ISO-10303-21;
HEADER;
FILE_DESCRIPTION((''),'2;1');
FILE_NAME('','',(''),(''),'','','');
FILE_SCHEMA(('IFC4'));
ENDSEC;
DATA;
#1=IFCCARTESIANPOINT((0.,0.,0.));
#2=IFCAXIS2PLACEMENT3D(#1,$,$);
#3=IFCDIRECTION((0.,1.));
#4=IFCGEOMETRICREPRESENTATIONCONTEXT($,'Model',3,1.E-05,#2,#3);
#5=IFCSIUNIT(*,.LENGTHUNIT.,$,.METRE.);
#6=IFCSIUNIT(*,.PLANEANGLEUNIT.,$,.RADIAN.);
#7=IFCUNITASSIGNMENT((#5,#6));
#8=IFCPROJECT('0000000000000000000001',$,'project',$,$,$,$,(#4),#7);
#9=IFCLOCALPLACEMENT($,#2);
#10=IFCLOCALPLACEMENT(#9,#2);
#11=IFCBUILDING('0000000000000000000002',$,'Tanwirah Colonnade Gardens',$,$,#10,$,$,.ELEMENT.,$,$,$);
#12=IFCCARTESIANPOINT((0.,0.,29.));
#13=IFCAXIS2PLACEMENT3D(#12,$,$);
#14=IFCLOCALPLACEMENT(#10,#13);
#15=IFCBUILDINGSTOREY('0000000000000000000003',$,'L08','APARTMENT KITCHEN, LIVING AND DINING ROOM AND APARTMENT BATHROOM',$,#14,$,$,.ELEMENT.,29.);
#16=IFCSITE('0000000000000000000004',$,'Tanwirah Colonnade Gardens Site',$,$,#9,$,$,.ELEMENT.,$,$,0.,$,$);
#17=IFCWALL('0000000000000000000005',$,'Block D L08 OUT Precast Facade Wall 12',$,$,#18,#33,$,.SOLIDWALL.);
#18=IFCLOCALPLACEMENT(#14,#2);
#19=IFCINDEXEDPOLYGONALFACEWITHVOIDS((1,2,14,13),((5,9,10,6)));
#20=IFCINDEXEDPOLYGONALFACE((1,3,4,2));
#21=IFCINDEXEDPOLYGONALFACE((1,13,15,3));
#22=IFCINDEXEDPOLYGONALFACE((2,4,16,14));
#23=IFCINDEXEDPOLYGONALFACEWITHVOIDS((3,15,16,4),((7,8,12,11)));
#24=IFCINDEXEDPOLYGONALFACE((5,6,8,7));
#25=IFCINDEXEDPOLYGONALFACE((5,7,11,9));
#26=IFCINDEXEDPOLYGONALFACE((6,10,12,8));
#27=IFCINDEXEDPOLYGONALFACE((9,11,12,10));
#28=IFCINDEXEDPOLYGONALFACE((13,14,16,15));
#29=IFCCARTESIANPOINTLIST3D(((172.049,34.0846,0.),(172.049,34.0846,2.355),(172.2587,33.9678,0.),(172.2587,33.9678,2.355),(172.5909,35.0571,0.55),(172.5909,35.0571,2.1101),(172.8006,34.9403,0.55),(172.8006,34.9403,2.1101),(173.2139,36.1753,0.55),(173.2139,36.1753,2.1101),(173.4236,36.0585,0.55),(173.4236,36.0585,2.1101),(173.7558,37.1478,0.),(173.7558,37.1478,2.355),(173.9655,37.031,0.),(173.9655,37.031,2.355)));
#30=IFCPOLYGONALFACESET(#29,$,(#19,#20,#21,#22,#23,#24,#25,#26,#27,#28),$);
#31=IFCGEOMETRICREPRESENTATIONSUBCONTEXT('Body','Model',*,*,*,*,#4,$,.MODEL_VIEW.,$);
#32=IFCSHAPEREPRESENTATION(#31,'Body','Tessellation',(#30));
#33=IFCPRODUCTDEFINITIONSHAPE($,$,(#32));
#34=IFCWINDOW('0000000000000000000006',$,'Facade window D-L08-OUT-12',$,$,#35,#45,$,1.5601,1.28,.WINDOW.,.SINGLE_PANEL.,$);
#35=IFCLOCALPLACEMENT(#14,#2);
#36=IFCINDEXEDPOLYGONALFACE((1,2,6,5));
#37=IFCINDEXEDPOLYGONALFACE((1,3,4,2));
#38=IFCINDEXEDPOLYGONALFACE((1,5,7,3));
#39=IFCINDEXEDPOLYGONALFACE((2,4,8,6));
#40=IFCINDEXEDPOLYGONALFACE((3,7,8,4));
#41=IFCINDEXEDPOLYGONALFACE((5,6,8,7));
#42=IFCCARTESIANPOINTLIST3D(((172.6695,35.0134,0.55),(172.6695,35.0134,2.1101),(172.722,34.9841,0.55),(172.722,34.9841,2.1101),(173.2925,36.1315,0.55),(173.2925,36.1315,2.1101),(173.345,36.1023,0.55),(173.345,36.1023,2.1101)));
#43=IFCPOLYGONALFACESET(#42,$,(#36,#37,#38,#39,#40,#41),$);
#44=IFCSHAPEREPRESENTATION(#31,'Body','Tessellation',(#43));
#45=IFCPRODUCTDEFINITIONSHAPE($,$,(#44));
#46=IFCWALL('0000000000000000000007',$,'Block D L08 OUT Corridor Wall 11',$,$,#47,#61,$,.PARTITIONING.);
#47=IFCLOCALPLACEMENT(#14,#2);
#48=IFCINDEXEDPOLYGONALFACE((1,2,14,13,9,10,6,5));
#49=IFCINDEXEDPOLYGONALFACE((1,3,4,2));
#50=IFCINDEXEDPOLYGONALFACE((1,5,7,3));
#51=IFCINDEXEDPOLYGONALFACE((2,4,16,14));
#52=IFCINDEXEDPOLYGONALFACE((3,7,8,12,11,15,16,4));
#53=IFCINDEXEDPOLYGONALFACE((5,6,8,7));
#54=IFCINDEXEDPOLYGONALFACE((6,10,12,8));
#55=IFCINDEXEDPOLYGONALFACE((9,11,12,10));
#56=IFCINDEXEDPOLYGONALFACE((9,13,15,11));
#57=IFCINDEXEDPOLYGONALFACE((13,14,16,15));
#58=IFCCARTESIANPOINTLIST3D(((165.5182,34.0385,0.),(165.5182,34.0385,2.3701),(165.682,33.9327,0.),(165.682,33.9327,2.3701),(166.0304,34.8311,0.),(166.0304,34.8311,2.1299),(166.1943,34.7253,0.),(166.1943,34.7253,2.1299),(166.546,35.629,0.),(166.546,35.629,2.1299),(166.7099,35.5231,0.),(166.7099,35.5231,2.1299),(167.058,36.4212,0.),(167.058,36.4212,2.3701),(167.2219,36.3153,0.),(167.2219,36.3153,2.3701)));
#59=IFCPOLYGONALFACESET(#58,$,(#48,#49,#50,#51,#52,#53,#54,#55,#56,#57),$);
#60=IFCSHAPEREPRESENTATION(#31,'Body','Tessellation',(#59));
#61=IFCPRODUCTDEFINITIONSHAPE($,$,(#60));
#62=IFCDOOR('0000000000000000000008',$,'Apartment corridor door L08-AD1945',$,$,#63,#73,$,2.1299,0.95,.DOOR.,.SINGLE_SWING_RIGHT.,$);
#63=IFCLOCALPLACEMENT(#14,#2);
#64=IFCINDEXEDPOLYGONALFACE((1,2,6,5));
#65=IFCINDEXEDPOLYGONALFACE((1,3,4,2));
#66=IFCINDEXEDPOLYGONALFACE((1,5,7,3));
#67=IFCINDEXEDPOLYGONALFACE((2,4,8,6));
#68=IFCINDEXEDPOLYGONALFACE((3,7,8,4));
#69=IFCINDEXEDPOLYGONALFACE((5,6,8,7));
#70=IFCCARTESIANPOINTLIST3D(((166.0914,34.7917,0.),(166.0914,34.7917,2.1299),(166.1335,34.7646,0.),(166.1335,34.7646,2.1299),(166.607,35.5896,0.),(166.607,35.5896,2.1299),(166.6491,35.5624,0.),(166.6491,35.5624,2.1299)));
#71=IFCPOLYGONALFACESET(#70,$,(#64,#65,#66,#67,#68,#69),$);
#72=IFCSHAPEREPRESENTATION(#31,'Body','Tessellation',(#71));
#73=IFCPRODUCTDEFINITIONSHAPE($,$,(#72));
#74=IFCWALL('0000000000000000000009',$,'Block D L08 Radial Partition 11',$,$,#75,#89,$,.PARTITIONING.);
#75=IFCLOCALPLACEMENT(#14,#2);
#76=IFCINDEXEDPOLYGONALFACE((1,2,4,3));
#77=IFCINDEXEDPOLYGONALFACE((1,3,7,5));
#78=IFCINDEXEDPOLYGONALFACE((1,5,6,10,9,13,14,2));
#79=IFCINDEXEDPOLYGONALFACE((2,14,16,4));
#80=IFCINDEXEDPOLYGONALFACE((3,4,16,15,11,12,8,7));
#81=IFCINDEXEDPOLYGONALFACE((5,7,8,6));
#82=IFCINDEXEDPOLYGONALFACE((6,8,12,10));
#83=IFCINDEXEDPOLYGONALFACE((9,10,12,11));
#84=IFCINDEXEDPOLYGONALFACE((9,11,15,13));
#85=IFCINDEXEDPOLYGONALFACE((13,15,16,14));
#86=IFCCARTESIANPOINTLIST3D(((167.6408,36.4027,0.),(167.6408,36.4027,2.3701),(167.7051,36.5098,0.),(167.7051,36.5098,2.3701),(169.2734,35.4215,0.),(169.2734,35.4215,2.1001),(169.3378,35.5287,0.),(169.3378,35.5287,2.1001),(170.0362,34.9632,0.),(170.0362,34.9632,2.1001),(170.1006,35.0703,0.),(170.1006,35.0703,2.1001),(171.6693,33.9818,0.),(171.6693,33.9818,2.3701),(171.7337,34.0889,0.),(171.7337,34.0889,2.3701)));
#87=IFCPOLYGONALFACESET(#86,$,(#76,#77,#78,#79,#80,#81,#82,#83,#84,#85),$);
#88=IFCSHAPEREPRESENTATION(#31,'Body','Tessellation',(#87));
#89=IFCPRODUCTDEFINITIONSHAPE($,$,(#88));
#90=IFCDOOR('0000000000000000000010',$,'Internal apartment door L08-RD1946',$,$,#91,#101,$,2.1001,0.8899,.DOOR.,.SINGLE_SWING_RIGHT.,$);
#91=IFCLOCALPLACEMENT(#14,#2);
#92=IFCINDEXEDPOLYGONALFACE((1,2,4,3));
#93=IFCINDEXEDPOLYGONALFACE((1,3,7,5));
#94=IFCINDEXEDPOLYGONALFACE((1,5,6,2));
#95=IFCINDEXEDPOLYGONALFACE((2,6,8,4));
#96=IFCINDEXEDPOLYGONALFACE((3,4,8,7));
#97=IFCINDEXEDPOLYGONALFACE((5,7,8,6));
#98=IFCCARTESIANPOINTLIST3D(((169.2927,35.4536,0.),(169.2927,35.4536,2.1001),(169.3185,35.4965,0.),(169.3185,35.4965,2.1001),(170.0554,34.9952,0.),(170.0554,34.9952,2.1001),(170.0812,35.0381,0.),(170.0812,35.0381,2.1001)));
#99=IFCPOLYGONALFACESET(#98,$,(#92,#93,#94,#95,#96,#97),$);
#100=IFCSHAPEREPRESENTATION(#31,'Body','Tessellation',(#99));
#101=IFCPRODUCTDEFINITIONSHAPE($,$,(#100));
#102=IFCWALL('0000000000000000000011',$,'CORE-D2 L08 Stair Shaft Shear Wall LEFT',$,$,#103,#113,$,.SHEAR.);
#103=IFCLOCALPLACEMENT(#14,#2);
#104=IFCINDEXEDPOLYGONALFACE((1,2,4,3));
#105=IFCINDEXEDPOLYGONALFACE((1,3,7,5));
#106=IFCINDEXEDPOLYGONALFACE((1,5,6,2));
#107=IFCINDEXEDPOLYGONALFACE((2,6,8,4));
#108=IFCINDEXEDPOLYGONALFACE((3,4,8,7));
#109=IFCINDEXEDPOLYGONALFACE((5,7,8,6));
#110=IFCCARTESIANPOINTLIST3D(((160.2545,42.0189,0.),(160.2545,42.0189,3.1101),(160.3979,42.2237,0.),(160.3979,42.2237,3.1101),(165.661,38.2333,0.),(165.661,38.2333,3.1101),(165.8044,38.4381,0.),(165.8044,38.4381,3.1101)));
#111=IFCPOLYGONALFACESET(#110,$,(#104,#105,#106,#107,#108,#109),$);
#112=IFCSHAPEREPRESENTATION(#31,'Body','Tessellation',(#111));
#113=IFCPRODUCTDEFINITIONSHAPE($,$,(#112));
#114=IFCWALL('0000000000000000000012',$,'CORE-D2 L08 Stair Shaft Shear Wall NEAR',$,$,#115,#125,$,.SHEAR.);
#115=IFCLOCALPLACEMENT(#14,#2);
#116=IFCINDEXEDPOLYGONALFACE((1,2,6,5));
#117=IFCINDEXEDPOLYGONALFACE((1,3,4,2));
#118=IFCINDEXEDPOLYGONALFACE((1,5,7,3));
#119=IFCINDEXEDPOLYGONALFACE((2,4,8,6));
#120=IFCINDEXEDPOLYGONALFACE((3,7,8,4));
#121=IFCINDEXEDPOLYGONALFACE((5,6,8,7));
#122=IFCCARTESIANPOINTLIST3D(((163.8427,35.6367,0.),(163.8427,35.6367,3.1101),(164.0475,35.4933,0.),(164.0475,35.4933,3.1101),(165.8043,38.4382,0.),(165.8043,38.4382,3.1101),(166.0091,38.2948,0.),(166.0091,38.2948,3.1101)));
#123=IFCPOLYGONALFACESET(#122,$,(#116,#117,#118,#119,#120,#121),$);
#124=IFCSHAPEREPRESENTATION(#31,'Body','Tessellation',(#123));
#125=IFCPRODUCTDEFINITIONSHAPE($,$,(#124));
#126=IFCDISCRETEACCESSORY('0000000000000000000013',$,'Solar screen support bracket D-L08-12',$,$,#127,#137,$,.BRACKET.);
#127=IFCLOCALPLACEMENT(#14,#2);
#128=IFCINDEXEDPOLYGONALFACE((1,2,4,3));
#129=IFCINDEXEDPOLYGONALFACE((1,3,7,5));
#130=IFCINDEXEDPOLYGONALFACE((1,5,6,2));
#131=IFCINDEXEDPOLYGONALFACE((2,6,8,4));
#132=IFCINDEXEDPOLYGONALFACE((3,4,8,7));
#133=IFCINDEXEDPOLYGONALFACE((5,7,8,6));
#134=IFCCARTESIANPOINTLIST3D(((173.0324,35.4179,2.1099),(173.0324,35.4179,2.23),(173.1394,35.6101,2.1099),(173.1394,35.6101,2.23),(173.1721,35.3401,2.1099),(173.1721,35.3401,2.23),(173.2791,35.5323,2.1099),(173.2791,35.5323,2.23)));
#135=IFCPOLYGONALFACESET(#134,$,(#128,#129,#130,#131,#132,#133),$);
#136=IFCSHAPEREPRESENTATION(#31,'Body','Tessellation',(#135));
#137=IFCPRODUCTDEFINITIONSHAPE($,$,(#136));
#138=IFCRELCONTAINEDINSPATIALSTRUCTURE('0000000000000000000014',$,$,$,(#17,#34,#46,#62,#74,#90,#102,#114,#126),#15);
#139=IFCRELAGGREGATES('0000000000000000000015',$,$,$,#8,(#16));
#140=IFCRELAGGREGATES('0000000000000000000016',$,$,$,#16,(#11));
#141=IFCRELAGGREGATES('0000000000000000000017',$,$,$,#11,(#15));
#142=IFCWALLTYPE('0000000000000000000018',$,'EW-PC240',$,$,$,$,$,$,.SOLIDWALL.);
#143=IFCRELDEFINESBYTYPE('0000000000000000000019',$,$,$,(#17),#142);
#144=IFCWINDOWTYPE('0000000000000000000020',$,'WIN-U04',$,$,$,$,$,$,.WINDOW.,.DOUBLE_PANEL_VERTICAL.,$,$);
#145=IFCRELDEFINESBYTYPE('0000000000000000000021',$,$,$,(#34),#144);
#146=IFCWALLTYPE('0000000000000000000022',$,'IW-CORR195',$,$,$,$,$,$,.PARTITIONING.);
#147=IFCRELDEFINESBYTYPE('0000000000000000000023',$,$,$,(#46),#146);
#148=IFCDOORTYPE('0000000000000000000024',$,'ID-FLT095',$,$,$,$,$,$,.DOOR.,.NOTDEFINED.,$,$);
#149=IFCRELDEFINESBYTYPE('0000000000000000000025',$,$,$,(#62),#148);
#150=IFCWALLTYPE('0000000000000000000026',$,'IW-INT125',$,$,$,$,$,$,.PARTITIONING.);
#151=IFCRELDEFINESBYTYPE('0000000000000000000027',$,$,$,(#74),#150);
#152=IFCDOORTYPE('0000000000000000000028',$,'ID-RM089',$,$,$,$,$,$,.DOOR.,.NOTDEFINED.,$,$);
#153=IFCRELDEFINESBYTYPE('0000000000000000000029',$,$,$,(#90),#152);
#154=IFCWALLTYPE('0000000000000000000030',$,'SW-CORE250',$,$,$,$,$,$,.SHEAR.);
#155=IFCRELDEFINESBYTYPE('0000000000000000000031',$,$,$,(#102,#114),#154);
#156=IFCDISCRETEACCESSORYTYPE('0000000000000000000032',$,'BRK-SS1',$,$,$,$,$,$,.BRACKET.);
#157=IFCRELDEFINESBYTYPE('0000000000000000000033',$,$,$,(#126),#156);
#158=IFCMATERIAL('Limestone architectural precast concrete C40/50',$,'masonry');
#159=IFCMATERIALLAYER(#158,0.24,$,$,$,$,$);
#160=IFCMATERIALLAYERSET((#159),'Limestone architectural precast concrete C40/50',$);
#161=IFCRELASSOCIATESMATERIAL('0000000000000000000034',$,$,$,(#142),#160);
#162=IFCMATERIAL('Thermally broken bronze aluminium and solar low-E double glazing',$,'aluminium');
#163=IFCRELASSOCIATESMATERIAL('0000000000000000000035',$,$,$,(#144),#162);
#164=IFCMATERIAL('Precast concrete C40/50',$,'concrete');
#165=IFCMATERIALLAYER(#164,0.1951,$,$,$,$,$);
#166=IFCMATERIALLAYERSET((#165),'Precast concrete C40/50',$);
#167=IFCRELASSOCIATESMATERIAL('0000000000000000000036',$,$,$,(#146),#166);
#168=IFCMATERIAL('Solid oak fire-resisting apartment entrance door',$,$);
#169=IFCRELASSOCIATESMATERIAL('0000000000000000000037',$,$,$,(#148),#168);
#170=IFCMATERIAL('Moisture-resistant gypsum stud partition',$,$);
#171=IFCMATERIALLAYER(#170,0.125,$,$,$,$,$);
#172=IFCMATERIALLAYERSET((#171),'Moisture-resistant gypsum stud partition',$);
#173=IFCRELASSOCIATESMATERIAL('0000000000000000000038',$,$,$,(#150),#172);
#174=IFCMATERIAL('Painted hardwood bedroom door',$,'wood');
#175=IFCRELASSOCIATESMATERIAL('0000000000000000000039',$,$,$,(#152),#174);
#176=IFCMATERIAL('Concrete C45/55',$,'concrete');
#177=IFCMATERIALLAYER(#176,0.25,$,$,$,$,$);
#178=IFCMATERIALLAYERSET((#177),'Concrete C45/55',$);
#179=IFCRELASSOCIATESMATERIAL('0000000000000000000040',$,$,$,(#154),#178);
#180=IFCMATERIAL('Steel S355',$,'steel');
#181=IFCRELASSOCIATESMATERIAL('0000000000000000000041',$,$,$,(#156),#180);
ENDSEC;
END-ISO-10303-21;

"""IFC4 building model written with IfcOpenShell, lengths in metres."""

from ifc_helpers import new_model, si_unit, direction, frame, frame_2d, origin, origin_2d, place, context, subcontext, project, spatial, rectangle, extrude, material, layer, layer_set, type_object, element, fill, save


model = new_model("IFC4")

# Units and contexts
model_context = context("Model", 3, precision=1e-05, world=origin(), true_north=direction((0.0, 1.0)))
body_context = subcontext(model_context, "Body", "Model", "MODEL_VIEW")
ifc_project = project(units=[si_unit("LENGTHUNIT", "METRE"), si_unit("PLANEANGLEUNIT", "RADIAN")], contexts=[model_context])

# Site, building, storey
site_placement = place(None, origin())
site = spatial("IfcSite", under=ifc_project, at=site_placement, Name="Tanwirah Colonnade Gardens Site", CompositionType="ELEMENT", RefElevation=0.0)
building_placement = place(site_placement, origin())
building = spatial("IfcBuilding", under=site, at=building_placement, Name="Tanwirah Colonnade Gardens", CompositionType="ELEMENT")
storey_placement = place(building_placement, frame((0.0, 0.0, 29.0)))
storey = spatial("IfcBuildingStorey", under=building, at=storey_placement, Name="L08", Description="APARTMENT KITCHEN, LIVING AND DINING ROOM AND APARTMENT BATHROOM", CompositionType="ELEMENT", Elevation=29.0)

# Shared definitions
ifc_material_1 = material(Name="Precast concrete C40/50", Category="concrete")

# Wall, opening, window
ifc_material_2 = material(Name="Limestone architectural precast concrete C40/50", Category="masonry")
ifc_layer_1 = layer(ifc_material_2, 0.24)
ifc_layer_set_1 = layer_set([ifc_layer_1], Name="Limestone architectural precast concrete C40/50")
wall_type_1 = type_object("IfcWallType", Name="EW-PC240", PredefinedType="SOLIDWALL", material=ifc_layer_set_1)
wall_1_placement = place(storey_placement, frame((172.1538, 34.0261, 0.0), z_axis=(0.0, 0.0, 1.0), x_axis=(0.48673, 0.873552, 0.0)))
wall_1 = element("IfcWall", 1, at=wall_1_placement, inside=storey, type_object=wall_type_1, Name="Block D L08 OUT Precast Facade Wall 12", PredefinedType="SOLIDWALL", context=body_context, shape_type="SweptSolid", body=[
    extrude(rectangle(XDim=3.5066, YDim=0.24, at=frame_2d((1.7534, 0.0))), origin(), (0.0, 0.0, 1.0), 2.355),
])
opening_1_placement = place(wall_1_placement, frame((1.1133, 0.0, 0.55)))
opening_1 = element("IfcOpeningElement", 2, at=opening_1_placement, cuts=wall_1, PredefinedType="OPENING", context=body_context, shape_type="SweptSolid", body=[
    extrude(rectangle(XDim=1.28, YDim=1.5601, at=frame_2d((0.6401, 0.78))), frame((0.0, 0.1299, 0.0), z_axis=(0.0, -1.0, 0.0), x_axis=(1.0, 0.0, 0.0)), (0.0, 0.0, 1.0), 0.26),
])
ifc_material_3 = material(Name="Thermally broken bronze aluminium and solar low-E double glazing", Category="aluminium")
window_type = type_object("IfcWindowType", Name="WIN-U04", PartitioningType="DOUBLE_PANEL_VERTICAL", PredefinedType="WINDOW", material=ifc_material_3)
window_placement = place(opening_1_placement, origin())
window = element("IfcWindow", 3, at=window_placement, inside=storey, type_object=window_type, Name="Facade window D-L08-OUT-12", OverallHeight=1.5601, OverallWidth=1.28, PartitioningType="SINGLE_PANEL", PredefinedType="WINDOW", context=body_context, shape_type="SweptSolid", body=[
    extrude(rectangle(XDim=1.28, YDim=1.5601, at=frame_2d((0.6401, 0.78))), frame((0.0, 0.03, 0.0), z_axis=(0.0, -1.0, 0.0), x_axis=(1.0, 0.0, 0.0)), (0.0, 0.0, 1.0), 0.0601),
])
fill(opening_1, window)

# Walls, openings, doors
ifc_layer_2 = layer(ifc_material_1, 0.1951)
ifc_layer_set_2 = layer_set([ifc_layer_2], Name="Precast concrete C40/50")
wall_type_2 = type_object("IfcWallType", Name="IW-CORR195", PredefinedType="PARTITIONING", material=ifc_layer_set_2)
wall_2_placement = place(storey_placement, frame((165.6001, 33.9856, 0.0), z_axis=(0.0, 0.0, 1.0), x_axis=(0.542787, 0.83987, 0.0)))
wall_2 = element("IfcWall", 4, at=wall_2_placement, inside=storey, type_object=wall_type_2, Name="Block D L08 OUT Corridor Wall 11", PredefinedType="PARTITIONING", context=body_context, shape_type="SweptSolid", body=[
    extrude(rectangle(XDim=2.8369, YDim=0.1951, at=frame_2d((1.4185, 0.0))), origin(), (0.0, 0.0, 1.0), 2.3701),
])
opening_2_placement = place(wall_2_placement, frame((0.9436, 0.0, 0.0)))
opening_2 = element("IfcOpeningElement", 5, at=opening_2_placement, cuts=wall_2, PredefinedType="OPENING", context=body_context, shape_type="SweptSolid", body=[
    extrude(rectangle(XDim=0.95, YDim=2.1299, at=frame_2d((0.4751, 1.0649))), frame((0.0, 0.1074, 0.0), z_axis=(0.0, -1.0, 0.0), x_axis=(1.0, 0.0, 0.0)), (0.0, 0.0, 1.0), 0.2151),
])
ifc_material_4 = material(Name="Solid oak fire-resisting apartment entrance door")
door_type_1 = type_object("IfcDoorType", Name="ID-FLT095", OperationType="NOTDEFINED", PredefinedType="DOOR", material=ifc_material_4)
door_1_placement = place(opening_2_placement, origin())
door_1 = element("IfcDoor", 6, at=door_1_placement, inside=storey, type_object=door_type_1, Name="Apartment corridor door L08-AD1945", OperationType="SINGLE_SWING_RIGHT", OverallHeight=2.1299, OverallWidth=0.95, PredefinedType="DOOR", context=body_context, shape_type="SweptSolid", body=[
    extrude(rectangle(XDim=0.95, YDim=2.1299, at=frame_2d((0.4751, 1.0649))), frame((0.0, 0.0249, 0.0), z_axis=(0.0, -1.0, 0.0), x_axis=(1.0, 0.0, 0.0)), (0.0, 0.0, 1.0), 0.05),
])
fill(opening_2, door_1)
ifc_material_5 = material(Name="Moisture-resistant gypsum stud partition")
ifc_layer_3 = layer(ifc_material_5, 0.125)
ifc_layer_set_3 = layer_set([ifc_layer_3], Name="Moisture-resistant gypsum stud partition")
wall_type_3 = type_object("IfcWallType", Name="IW-INT125", PredefinedType="PARTITIONING", material=ifc_layer_set_3)
wall_3_placement = place(storey_placement, frame((167.6729, 36.4563, 0.0), z_axis=(0.0, 0.0, 1.0), x_axis=(0.85714, -0.515084, 0.0)))
wall_3 = element("IfcWall", 7, at=wall_3_placement, inside=storey, type_object=wall_type_3, Name="Block D L08 Radial Partition 11", PredefinedType="PARTITIONING", context=body_context, shape_type="SweptSolid", body=[
    extrude(rectangle(XDim=4.7, YDim=0.125, at=frame_2d((2.3501, 0.0))), origin(), (0.0, 0.0, 1.0), 2.3701),
])
opening_3_placement = place(wall_3_placement, frame((1.905, 0.0, 0.0)))
opening_3 = element("IfcOpeningElement", 8, at=opening_3_placement, cuts=wall_3, PredefinedType="OPENING", context=body_context, shape_type="SweptSolid", body=[
    extrude(rectangle(XDim=0.8899, YDim=2.1001, at=frame_2d((0.4448, 1.05))), frame((0.0, 0.0725, 0.0), z_axis=(0.0, -1.0, 0.0), x_axis=(1.0, 0.0, 0.0)), (0.0, 0.0, 1.0), 0.145),
])
ifc_material_6 = material(Name="Painted hardwood bedroom door", Category="wood")
door_type_2 = type_object("IfcDoorType", Name="ID-RM089", OperationType="NOTDEFINED", PredefinedType="DOOR", material=ifc_material_6)
door_2_placement = place(opening_3_placement, origin())
door_2 = element("IfcDoor", 9, at=door_2_placement, inside=storey, type_object=door_type_2, Name="Internal apartment door L08-RD1946", OperationType="SINGLE_SWING_RIGHT", OverallHeight=2.1001, OverallWidth=0.8899, PredefinedType="DOOR", context=body_context, shape_type="SweptSolid", body=[
    extrude(rectangle(XDim=0.8899, YDim=2.1001, at=frame_2d((0.4448, 1.05))), frame((0.0, 0.0249, 0.0), z_axis=(0.0, -1.0, 0.0), x_axis=(1.0, 0.0, 0.0)), (0.0, 0.0, 1.0), 0.05),
])
fill(opening_3, door_2)

# Walls
ifc_material_7 = material(Name="Concrete C45/55", Category="concrete")
ifc_layer_4 = layer(ifc_material_7, 0.25)
ifc_layer_set_4 = layer_set([ifc_layer_4], Name="Concrete C45/55")
wall_type_4 = type_object("IfcWallType", Name="SW-CORE250", PredefinedType="SHEAR", material=ifc_layer_set_4)
wall_4_placement = place(storey_placement, frame((165.7327, 38.3357, 0.0), z_axis=(0.0, 0.0, 1.0), x_axis=(-0.819154, 0.573574, 0.0)))
element("IfcWall", 10, at=wall_4_placement, inside=storey, type_object=wall_type_4, Name="CORE-D2 L08 Stair Shaft Shear Wall LEFT", PredefinedType="SHEAR", context=body_context, shape_type="SweptSolid", body=[
    extrude(rectangle(XDim=6.6001, YDim=0.25, at=frame_2d((3.3, 0.0))), origin(), (0.0, 0.0, 1.0), 3.1101),
])
wall_5_placement = place(storey_placement, frame((165.9067, 38.3665, 0.0), z_axis=(0.0, 0.0, 1.0), x_axis=(-0.573582, -0.819148, 0.0)))
element("IfcWall", 11, at=wall_5_placement, inside=storey, type_object=wall_type_4, Name="CORE-D2 L08 Stair Shaft Shear Wall NEAR", PredefinedType="SHEAR", context=body_context, shape_type="SweptSolid", body=[
    extrude(rectangle(XDim=3.4199, YDim=0.25, at=frame_2d((1.71, 0.0))), origin(), (0.0, 0.0, 1.0), 3.1101),
])

# Discrete accessory
ifc_material_8 = material(Name="Steel S355", Category="steel")
discrete_accessory_type = type_object("IfcDiscreteAccessoryType", Name="BRK-SS1", PredefinedType="BRACKET", material=ifc_material_8)
discrete_accessory_placement = place(storey_placement, frame((173.1558, 35.4751, 2.1099), z_axis=(0.0, 0.0, 1.0), x_axis=(0.486717, 0.87356, 0.0)))
element("IfcDiscreteAccessory", 12, at=discrete_accessory_placement, inside=storey, type_object=discrete_accessory_type, Name="Solar screen support bracket D-L08-12", PredefinedType="BRACKET", context=body_context, shape_type="SweptSolid", body=[
    extrude(rectangle(XDim=0.22, YDim=0.1599, at=origin_2d()), origin(), (0.0, 0.0, 1.0), 0.1201),
])

save(model, "model.ifc")
